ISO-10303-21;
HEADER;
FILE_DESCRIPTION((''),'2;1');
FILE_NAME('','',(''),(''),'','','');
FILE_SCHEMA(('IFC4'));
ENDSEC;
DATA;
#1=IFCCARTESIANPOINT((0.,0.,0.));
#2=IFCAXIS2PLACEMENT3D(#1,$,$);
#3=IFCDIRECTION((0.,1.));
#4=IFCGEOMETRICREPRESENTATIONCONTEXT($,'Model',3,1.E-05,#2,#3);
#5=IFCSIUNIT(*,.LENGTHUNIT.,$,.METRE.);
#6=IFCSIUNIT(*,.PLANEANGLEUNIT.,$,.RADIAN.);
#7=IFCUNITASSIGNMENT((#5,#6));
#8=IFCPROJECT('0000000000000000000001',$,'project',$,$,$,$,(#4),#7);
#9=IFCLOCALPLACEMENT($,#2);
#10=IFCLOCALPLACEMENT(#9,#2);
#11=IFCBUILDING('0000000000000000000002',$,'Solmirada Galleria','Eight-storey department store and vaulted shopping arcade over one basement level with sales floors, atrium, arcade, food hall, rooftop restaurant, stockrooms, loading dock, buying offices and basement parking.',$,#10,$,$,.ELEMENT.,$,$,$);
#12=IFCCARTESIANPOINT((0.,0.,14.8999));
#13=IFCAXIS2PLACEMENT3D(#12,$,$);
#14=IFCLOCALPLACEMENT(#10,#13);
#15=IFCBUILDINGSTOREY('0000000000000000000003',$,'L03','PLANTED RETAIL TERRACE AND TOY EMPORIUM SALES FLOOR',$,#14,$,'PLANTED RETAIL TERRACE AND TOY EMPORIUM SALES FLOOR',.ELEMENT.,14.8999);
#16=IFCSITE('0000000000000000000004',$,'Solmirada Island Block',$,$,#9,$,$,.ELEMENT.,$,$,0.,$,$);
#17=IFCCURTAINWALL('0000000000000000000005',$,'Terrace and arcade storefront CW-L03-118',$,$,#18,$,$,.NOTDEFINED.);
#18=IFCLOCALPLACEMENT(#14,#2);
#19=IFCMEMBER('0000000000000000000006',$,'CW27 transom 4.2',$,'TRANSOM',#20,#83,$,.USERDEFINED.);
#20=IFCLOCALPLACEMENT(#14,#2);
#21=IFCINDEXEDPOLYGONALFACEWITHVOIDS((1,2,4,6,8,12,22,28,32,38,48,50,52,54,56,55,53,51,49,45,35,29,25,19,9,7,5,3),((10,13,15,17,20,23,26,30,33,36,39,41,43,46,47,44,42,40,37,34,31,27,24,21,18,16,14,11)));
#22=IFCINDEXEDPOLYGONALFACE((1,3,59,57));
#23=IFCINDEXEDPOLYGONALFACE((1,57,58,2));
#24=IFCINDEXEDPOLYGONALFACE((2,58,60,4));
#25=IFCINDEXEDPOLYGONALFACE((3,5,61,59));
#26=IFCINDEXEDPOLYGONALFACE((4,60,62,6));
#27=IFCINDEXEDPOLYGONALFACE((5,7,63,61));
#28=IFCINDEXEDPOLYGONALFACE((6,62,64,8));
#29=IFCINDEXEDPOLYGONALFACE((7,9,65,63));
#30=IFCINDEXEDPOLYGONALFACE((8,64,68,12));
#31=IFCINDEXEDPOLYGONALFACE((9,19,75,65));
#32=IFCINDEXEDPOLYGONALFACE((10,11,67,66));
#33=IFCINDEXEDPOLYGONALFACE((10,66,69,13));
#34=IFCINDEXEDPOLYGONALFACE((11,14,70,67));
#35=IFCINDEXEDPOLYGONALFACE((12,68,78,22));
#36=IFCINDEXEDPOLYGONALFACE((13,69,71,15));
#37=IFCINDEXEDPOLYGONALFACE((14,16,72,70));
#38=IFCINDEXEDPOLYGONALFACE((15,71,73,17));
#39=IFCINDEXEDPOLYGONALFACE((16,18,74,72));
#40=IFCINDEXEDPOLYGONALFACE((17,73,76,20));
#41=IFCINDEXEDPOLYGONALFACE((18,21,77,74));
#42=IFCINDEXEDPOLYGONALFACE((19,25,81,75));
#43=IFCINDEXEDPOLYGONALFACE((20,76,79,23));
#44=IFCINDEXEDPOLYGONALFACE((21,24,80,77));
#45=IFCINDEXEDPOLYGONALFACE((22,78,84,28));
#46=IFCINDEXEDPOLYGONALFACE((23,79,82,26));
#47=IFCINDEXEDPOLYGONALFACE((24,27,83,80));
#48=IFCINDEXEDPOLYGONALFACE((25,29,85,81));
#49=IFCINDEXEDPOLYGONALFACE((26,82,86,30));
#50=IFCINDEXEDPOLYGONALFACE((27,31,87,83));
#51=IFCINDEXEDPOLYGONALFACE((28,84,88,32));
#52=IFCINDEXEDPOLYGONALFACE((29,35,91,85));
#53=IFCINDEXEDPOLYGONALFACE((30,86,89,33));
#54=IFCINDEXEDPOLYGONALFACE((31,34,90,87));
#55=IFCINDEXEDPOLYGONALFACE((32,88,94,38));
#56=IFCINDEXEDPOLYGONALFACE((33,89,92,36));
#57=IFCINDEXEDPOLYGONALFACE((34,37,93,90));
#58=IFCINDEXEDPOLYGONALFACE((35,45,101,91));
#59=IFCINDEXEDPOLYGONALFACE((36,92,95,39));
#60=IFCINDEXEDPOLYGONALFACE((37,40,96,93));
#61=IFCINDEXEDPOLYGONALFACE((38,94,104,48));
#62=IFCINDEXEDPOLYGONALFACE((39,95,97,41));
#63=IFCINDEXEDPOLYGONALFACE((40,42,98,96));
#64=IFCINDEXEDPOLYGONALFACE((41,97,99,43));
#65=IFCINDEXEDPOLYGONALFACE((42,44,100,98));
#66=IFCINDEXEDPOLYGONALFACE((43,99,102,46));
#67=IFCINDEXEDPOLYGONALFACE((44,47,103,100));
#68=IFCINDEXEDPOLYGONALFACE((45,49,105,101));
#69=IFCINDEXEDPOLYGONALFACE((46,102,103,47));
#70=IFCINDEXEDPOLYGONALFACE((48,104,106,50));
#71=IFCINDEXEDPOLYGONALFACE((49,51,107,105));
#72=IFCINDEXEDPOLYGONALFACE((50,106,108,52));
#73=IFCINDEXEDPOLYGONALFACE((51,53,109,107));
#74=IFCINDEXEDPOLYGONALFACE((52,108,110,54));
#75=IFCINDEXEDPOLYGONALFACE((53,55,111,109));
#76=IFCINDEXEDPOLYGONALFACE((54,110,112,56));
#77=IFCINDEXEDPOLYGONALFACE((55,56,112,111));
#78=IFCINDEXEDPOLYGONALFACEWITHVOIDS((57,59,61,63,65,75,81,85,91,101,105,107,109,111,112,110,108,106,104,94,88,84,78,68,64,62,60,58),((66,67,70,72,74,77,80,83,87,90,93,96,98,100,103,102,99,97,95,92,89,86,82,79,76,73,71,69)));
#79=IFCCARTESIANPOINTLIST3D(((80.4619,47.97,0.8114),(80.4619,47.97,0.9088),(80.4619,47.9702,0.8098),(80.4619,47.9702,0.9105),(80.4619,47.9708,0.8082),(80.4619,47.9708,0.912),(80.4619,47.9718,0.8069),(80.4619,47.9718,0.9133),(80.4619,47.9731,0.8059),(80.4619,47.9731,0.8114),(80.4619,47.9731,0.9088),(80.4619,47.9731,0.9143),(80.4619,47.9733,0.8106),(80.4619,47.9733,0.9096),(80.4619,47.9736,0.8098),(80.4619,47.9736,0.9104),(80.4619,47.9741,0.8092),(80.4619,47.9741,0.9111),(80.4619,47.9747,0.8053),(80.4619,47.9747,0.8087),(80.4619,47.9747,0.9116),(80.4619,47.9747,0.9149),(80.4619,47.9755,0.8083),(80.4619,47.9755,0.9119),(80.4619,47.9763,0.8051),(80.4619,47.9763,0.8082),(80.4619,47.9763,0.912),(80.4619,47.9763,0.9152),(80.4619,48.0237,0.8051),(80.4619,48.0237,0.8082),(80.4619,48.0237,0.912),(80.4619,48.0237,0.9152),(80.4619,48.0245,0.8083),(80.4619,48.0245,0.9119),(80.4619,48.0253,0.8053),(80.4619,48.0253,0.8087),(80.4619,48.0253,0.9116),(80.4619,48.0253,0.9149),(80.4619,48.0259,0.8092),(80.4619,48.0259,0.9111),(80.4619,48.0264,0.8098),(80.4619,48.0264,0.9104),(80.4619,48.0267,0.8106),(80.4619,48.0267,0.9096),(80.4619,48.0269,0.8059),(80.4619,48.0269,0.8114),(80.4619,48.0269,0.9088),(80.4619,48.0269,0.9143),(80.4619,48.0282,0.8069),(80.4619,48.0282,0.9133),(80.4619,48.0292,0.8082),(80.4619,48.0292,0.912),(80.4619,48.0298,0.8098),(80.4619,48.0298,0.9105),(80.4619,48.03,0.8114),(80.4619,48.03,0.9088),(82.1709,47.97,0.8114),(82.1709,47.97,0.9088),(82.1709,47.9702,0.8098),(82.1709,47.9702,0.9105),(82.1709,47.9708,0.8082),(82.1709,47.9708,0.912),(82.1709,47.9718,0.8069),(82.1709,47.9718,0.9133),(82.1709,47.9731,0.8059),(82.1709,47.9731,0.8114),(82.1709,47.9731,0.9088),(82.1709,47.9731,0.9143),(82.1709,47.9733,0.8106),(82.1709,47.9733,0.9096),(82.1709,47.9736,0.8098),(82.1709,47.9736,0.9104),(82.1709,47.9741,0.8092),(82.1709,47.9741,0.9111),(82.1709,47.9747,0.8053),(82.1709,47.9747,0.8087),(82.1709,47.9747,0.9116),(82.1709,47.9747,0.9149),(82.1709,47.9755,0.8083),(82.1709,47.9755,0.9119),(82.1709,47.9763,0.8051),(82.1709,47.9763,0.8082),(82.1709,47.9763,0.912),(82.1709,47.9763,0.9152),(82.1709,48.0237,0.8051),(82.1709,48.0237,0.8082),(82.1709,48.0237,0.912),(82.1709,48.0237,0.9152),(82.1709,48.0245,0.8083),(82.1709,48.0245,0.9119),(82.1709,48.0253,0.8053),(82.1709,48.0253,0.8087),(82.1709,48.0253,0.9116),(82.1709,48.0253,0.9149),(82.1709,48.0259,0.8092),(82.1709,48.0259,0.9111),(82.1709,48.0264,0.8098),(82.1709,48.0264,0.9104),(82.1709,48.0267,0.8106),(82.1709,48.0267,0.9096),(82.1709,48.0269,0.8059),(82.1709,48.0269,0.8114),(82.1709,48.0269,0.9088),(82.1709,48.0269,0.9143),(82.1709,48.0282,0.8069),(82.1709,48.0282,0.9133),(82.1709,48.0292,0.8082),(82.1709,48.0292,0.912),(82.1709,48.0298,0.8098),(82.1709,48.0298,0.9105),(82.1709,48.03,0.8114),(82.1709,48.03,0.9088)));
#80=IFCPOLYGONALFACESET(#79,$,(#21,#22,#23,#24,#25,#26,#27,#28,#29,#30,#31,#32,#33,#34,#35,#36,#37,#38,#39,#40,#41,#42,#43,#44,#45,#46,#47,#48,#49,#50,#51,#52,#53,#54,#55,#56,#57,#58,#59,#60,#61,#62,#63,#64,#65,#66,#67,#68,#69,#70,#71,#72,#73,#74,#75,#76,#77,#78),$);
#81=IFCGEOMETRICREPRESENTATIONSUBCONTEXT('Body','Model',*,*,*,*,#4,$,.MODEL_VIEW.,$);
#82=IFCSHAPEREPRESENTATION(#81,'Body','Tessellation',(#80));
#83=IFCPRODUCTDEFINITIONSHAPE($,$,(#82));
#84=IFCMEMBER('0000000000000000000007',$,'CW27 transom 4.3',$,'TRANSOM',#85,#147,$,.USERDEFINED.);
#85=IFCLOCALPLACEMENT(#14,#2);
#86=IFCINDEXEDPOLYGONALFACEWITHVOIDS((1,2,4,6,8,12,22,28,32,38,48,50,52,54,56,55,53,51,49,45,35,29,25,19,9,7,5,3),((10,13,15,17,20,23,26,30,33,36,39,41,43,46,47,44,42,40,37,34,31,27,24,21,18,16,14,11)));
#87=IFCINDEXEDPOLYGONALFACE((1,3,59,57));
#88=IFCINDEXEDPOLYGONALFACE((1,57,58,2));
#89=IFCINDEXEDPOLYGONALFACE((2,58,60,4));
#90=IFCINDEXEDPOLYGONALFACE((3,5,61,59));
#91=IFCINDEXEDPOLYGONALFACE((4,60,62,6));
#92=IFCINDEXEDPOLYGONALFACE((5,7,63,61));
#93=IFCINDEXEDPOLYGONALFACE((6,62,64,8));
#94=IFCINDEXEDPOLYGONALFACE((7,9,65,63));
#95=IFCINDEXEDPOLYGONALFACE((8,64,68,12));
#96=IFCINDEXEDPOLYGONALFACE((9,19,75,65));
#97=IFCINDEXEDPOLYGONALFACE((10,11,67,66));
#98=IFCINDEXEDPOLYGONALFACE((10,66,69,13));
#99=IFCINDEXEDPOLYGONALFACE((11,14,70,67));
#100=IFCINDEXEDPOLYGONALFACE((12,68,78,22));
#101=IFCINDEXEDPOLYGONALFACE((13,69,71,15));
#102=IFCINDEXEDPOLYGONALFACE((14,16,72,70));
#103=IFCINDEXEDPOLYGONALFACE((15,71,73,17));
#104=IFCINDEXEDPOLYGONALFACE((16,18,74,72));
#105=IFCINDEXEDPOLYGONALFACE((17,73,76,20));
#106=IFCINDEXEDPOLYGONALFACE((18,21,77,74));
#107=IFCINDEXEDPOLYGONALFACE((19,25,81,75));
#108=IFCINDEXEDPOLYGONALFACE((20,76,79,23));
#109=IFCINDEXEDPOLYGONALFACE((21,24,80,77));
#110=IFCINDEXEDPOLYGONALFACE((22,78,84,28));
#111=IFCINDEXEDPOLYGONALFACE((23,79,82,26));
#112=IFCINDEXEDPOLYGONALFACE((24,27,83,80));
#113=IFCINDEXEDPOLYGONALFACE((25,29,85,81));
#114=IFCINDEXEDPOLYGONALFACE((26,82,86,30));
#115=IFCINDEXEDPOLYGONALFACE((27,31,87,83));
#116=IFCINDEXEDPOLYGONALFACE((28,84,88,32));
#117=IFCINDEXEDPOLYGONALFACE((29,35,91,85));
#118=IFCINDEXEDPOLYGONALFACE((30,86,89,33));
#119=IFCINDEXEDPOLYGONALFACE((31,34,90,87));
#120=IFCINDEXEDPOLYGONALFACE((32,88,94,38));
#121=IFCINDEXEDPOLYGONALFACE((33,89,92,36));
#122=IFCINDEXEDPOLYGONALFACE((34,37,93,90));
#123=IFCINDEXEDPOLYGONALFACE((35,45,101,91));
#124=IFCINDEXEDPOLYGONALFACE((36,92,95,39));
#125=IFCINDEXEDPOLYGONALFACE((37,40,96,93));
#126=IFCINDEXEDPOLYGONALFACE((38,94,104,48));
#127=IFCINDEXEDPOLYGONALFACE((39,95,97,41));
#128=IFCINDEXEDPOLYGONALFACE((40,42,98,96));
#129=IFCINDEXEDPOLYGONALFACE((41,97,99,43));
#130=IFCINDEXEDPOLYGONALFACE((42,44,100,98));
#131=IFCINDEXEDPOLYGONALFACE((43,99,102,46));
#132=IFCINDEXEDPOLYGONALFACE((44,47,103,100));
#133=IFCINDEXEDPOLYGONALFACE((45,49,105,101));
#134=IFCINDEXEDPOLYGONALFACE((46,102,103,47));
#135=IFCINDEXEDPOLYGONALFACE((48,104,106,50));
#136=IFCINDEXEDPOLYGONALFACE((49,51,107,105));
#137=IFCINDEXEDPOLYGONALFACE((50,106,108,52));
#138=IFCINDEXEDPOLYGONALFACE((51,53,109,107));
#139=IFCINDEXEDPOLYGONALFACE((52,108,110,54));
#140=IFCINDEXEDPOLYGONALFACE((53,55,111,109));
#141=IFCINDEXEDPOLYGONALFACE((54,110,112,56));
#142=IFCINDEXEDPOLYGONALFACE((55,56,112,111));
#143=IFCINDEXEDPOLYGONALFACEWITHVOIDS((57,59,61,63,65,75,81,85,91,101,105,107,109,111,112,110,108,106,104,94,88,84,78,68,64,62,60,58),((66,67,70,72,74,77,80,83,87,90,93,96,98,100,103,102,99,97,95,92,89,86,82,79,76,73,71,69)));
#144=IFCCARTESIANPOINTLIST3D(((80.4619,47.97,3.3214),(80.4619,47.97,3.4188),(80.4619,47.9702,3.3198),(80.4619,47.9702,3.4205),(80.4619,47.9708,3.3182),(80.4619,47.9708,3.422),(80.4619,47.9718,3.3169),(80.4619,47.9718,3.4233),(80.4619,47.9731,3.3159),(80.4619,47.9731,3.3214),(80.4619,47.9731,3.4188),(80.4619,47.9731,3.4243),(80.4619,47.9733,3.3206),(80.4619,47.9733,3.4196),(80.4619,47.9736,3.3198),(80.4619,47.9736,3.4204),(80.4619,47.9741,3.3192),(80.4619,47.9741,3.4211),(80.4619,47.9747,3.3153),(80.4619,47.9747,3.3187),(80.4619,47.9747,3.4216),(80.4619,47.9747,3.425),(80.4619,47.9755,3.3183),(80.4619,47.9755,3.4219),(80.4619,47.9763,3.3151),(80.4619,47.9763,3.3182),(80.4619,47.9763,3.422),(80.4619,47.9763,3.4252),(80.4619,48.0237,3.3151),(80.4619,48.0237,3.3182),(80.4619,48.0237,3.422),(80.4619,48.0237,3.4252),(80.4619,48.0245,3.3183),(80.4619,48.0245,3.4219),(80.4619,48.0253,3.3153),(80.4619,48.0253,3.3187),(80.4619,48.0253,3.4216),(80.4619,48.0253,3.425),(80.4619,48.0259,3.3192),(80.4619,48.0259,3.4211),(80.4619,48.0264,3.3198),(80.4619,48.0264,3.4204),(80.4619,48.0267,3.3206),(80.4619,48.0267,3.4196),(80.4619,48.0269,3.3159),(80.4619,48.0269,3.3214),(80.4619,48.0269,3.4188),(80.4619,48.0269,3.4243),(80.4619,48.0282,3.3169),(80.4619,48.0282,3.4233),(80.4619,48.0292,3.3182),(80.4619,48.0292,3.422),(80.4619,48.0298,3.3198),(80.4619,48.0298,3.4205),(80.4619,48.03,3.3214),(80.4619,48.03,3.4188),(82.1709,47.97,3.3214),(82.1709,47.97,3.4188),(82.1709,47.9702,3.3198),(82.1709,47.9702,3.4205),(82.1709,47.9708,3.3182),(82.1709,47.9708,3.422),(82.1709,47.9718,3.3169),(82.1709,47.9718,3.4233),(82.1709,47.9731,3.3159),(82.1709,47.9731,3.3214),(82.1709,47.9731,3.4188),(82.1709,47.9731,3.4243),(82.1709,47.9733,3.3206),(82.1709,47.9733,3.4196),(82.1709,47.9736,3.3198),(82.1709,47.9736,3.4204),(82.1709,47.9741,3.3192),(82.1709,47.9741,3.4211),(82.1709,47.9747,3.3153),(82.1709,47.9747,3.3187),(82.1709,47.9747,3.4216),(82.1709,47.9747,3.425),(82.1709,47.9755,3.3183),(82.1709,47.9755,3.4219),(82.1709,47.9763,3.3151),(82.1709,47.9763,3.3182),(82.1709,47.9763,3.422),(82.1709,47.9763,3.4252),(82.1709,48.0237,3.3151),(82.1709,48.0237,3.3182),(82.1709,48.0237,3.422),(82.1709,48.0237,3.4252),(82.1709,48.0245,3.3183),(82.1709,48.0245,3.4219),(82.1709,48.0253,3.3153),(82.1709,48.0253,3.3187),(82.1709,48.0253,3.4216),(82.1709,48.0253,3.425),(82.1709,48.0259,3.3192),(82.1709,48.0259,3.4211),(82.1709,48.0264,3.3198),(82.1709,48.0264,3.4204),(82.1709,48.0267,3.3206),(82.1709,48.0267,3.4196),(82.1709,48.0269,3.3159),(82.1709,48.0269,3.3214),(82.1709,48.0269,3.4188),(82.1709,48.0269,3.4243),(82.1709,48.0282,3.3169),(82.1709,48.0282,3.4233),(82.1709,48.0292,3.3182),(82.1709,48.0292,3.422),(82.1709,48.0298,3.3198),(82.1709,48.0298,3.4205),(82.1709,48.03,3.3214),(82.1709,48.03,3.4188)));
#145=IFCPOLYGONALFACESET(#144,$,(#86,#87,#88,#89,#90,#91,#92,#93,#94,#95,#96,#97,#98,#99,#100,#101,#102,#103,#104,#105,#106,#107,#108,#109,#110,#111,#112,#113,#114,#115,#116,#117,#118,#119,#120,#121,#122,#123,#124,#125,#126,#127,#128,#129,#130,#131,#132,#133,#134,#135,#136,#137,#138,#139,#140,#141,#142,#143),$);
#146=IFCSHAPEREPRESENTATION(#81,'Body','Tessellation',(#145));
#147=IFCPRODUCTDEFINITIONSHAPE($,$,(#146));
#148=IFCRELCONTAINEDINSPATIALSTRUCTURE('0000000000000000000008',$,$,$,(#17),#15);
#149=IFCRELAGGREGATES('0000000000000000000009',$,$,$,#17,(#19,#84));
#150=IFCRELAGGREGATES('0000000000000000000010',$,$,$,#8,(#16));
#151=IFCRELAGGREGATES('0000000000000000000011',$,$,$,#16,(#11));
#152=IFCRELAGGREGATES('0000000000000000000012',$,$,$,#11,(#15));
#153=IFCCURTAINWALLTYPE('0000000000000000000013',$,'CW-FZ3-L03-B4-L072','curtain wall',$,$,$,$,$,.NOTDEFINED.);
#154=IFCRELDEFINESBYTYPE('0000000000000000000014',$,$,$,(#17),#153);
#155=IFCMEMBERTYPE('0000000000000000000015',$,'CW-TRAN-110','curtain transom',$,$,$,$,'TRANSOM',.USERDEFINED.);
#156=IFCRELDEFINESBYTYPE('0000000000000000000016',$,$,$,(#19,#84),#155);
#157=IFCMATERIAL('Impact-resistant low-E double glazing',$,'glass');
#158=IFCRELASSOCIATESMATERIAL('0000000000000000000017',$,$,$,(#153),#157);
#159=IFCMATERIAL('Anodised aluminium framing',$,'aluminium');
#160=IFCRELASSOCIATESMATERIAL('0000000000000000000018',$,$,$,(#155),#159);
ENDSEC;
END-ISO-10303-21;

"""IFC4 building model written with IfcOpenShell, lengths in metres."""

from ifc_helpers import new_model, si_unit, direction, frame, origin, origin_2d, place, context, subcontext, project, spatial, hollow_rectangle, extrude, material, material_profile, profile_set, type_object, element, aggregate, save


model = new_model("IFC4")

# Units and contexts
model_context = context("Model", 3, precision=1e-05, world=origin(), true_north=direction((0.0, 1.0)))
body_context = subcontext(model_context, "Body", "Model", "MODEL_VIEW")
ifc_project = project(units=[si_unit("LENGTHUNIT", "METRE"), si_unit("PLANEANGLEUNIT", "RADIAN")], contexts=[model_context])

# Site, building, storey
site_placement = place(None, origin())
site = spatial("IfcSite", under=ifc_project, at=site_placement, Name="Solmirada Island Block", CompositionType="ELEMENT", RefElevation=0.0)
building_placement = place(site_placement, origin())
building = spatial("IfcBuilding", under=site, at=building_placement, Name="Solmirada Galleria", Description="Eight-storey department store and vaulted shopping arcade over one basement level with sales floors, atrium, arcade, food hall, rooftop restaurant, stockrooms, loading dock, buying offices and basement parking.", CompositionType="ELEMENT")
storey_placement = place(building_placement, frame((0.0, 0.0, 14.8999)))
storey = spatial("IfcBuildingStorey", under=building, at=storey_placement, Name="L03", Description="PLANTED RETAIL TERRACE AND TOY EMPORIUM SALES FLOOR", LongName="PLANTED RETAIL TERRACE AND TOY EMPORIUM SALES FLOOR", CompositionType="ELEMENT", Elevation=14.8999)

# Curtain wall, members
ifc_material_1 = material(Name="Impact-resistant low-E double glazing", Category="glass")
curtain_wall_type = type_object("IfcCurtainWallType", Name="CW-FZ3-L03-B4-L072", Description="curtain wall", PredefinedType="NOTDEFINED", material=ifc_material_1)
curtain_wall_placement = place(storey_placement, origin())
curtain_wall = element("IfcCurtainWall", 1, at=curtain_wall_placement, inside=storey, type_object=curtain_wall_type, Name="Terrace and arcade storefront CW-L03-118", PredefinedType="NOTDEFINED")
ifc_material_2 = material(Name="Anodised aluminium framing", Category="aluminium")
ifc_material_profile_1 = material_profile(ifc_material_2, hollow_rectangle(XDim=0.0601, YDim=0.1101, WallThickness=0.0032, InnerFilletRadius=0.0032, OuterFilletRadius=0.0063, at=origin_2d()), Name="ALU-TRAN-110X60")
ifc_profile_set_1 = profile_set([ifc_material_profile_1], Name="Anodised aluminium framing")
member_type_1 = type_object("IfcMemberType", Name="CW-TRAN-110", Description="curtain transom", ElementType="TRANSOM", PredefinedType="USERDEFINED", material=ifc_profile_set_1)
member_1_placement = place(storey_placement, frame((82.1709, 48.0, 0.8601), z_axis=(-1.0, 0.0, 0.0), x_axis=(0.0, -1.0, 0.0)))
member_1 = element("IfcMember", 2, at=member_1_placement, type_object=member_type_1, Name="CW27 transom 4.2", ObjectType="TRANSOM", PredefinedType="USERDEFINED", context=body_context, shape_type="SweptSolid", body=[
    extrude(hollow_rectangle(XDim=0.0601, YDim=0.1101, WallThickness=0.0032, InnerFilletRadius=0.0032, OuterFilletRadius=0.0063, at=origin_2d()), origin(), (0.0, 0.0, 1.0), 1.709),
])
member_2_placement = place(storey_placement, frame((82.1709, 48.0, 3.3701), z_axis=(-1.0, 0.0, 0.0), x_axis=(0.0, -1.0, 0.0)))
member_2 = element("IfcMember", 3, at=member_2_placement, type_object=member_type_1, Name="CW27 transom 4.3", ObjectType="TRANSOM", PredefinedType="USERDEFINED", context=body_context, shape_type="SweptSolid", body=[
    extrude(hollow_rectangle(XDim=0.0601, YDim=0.1101, WallThickness=0.0032, InnerFilletRadius=0.0032, OuterFilletRadius=0.0063, at=origin_2d()), origin(), (0.0, 0.0, 1.0), 1.709),
])
aggregate(curtain_wall, [member_1, member_2])

save(model, "model.ifc")
